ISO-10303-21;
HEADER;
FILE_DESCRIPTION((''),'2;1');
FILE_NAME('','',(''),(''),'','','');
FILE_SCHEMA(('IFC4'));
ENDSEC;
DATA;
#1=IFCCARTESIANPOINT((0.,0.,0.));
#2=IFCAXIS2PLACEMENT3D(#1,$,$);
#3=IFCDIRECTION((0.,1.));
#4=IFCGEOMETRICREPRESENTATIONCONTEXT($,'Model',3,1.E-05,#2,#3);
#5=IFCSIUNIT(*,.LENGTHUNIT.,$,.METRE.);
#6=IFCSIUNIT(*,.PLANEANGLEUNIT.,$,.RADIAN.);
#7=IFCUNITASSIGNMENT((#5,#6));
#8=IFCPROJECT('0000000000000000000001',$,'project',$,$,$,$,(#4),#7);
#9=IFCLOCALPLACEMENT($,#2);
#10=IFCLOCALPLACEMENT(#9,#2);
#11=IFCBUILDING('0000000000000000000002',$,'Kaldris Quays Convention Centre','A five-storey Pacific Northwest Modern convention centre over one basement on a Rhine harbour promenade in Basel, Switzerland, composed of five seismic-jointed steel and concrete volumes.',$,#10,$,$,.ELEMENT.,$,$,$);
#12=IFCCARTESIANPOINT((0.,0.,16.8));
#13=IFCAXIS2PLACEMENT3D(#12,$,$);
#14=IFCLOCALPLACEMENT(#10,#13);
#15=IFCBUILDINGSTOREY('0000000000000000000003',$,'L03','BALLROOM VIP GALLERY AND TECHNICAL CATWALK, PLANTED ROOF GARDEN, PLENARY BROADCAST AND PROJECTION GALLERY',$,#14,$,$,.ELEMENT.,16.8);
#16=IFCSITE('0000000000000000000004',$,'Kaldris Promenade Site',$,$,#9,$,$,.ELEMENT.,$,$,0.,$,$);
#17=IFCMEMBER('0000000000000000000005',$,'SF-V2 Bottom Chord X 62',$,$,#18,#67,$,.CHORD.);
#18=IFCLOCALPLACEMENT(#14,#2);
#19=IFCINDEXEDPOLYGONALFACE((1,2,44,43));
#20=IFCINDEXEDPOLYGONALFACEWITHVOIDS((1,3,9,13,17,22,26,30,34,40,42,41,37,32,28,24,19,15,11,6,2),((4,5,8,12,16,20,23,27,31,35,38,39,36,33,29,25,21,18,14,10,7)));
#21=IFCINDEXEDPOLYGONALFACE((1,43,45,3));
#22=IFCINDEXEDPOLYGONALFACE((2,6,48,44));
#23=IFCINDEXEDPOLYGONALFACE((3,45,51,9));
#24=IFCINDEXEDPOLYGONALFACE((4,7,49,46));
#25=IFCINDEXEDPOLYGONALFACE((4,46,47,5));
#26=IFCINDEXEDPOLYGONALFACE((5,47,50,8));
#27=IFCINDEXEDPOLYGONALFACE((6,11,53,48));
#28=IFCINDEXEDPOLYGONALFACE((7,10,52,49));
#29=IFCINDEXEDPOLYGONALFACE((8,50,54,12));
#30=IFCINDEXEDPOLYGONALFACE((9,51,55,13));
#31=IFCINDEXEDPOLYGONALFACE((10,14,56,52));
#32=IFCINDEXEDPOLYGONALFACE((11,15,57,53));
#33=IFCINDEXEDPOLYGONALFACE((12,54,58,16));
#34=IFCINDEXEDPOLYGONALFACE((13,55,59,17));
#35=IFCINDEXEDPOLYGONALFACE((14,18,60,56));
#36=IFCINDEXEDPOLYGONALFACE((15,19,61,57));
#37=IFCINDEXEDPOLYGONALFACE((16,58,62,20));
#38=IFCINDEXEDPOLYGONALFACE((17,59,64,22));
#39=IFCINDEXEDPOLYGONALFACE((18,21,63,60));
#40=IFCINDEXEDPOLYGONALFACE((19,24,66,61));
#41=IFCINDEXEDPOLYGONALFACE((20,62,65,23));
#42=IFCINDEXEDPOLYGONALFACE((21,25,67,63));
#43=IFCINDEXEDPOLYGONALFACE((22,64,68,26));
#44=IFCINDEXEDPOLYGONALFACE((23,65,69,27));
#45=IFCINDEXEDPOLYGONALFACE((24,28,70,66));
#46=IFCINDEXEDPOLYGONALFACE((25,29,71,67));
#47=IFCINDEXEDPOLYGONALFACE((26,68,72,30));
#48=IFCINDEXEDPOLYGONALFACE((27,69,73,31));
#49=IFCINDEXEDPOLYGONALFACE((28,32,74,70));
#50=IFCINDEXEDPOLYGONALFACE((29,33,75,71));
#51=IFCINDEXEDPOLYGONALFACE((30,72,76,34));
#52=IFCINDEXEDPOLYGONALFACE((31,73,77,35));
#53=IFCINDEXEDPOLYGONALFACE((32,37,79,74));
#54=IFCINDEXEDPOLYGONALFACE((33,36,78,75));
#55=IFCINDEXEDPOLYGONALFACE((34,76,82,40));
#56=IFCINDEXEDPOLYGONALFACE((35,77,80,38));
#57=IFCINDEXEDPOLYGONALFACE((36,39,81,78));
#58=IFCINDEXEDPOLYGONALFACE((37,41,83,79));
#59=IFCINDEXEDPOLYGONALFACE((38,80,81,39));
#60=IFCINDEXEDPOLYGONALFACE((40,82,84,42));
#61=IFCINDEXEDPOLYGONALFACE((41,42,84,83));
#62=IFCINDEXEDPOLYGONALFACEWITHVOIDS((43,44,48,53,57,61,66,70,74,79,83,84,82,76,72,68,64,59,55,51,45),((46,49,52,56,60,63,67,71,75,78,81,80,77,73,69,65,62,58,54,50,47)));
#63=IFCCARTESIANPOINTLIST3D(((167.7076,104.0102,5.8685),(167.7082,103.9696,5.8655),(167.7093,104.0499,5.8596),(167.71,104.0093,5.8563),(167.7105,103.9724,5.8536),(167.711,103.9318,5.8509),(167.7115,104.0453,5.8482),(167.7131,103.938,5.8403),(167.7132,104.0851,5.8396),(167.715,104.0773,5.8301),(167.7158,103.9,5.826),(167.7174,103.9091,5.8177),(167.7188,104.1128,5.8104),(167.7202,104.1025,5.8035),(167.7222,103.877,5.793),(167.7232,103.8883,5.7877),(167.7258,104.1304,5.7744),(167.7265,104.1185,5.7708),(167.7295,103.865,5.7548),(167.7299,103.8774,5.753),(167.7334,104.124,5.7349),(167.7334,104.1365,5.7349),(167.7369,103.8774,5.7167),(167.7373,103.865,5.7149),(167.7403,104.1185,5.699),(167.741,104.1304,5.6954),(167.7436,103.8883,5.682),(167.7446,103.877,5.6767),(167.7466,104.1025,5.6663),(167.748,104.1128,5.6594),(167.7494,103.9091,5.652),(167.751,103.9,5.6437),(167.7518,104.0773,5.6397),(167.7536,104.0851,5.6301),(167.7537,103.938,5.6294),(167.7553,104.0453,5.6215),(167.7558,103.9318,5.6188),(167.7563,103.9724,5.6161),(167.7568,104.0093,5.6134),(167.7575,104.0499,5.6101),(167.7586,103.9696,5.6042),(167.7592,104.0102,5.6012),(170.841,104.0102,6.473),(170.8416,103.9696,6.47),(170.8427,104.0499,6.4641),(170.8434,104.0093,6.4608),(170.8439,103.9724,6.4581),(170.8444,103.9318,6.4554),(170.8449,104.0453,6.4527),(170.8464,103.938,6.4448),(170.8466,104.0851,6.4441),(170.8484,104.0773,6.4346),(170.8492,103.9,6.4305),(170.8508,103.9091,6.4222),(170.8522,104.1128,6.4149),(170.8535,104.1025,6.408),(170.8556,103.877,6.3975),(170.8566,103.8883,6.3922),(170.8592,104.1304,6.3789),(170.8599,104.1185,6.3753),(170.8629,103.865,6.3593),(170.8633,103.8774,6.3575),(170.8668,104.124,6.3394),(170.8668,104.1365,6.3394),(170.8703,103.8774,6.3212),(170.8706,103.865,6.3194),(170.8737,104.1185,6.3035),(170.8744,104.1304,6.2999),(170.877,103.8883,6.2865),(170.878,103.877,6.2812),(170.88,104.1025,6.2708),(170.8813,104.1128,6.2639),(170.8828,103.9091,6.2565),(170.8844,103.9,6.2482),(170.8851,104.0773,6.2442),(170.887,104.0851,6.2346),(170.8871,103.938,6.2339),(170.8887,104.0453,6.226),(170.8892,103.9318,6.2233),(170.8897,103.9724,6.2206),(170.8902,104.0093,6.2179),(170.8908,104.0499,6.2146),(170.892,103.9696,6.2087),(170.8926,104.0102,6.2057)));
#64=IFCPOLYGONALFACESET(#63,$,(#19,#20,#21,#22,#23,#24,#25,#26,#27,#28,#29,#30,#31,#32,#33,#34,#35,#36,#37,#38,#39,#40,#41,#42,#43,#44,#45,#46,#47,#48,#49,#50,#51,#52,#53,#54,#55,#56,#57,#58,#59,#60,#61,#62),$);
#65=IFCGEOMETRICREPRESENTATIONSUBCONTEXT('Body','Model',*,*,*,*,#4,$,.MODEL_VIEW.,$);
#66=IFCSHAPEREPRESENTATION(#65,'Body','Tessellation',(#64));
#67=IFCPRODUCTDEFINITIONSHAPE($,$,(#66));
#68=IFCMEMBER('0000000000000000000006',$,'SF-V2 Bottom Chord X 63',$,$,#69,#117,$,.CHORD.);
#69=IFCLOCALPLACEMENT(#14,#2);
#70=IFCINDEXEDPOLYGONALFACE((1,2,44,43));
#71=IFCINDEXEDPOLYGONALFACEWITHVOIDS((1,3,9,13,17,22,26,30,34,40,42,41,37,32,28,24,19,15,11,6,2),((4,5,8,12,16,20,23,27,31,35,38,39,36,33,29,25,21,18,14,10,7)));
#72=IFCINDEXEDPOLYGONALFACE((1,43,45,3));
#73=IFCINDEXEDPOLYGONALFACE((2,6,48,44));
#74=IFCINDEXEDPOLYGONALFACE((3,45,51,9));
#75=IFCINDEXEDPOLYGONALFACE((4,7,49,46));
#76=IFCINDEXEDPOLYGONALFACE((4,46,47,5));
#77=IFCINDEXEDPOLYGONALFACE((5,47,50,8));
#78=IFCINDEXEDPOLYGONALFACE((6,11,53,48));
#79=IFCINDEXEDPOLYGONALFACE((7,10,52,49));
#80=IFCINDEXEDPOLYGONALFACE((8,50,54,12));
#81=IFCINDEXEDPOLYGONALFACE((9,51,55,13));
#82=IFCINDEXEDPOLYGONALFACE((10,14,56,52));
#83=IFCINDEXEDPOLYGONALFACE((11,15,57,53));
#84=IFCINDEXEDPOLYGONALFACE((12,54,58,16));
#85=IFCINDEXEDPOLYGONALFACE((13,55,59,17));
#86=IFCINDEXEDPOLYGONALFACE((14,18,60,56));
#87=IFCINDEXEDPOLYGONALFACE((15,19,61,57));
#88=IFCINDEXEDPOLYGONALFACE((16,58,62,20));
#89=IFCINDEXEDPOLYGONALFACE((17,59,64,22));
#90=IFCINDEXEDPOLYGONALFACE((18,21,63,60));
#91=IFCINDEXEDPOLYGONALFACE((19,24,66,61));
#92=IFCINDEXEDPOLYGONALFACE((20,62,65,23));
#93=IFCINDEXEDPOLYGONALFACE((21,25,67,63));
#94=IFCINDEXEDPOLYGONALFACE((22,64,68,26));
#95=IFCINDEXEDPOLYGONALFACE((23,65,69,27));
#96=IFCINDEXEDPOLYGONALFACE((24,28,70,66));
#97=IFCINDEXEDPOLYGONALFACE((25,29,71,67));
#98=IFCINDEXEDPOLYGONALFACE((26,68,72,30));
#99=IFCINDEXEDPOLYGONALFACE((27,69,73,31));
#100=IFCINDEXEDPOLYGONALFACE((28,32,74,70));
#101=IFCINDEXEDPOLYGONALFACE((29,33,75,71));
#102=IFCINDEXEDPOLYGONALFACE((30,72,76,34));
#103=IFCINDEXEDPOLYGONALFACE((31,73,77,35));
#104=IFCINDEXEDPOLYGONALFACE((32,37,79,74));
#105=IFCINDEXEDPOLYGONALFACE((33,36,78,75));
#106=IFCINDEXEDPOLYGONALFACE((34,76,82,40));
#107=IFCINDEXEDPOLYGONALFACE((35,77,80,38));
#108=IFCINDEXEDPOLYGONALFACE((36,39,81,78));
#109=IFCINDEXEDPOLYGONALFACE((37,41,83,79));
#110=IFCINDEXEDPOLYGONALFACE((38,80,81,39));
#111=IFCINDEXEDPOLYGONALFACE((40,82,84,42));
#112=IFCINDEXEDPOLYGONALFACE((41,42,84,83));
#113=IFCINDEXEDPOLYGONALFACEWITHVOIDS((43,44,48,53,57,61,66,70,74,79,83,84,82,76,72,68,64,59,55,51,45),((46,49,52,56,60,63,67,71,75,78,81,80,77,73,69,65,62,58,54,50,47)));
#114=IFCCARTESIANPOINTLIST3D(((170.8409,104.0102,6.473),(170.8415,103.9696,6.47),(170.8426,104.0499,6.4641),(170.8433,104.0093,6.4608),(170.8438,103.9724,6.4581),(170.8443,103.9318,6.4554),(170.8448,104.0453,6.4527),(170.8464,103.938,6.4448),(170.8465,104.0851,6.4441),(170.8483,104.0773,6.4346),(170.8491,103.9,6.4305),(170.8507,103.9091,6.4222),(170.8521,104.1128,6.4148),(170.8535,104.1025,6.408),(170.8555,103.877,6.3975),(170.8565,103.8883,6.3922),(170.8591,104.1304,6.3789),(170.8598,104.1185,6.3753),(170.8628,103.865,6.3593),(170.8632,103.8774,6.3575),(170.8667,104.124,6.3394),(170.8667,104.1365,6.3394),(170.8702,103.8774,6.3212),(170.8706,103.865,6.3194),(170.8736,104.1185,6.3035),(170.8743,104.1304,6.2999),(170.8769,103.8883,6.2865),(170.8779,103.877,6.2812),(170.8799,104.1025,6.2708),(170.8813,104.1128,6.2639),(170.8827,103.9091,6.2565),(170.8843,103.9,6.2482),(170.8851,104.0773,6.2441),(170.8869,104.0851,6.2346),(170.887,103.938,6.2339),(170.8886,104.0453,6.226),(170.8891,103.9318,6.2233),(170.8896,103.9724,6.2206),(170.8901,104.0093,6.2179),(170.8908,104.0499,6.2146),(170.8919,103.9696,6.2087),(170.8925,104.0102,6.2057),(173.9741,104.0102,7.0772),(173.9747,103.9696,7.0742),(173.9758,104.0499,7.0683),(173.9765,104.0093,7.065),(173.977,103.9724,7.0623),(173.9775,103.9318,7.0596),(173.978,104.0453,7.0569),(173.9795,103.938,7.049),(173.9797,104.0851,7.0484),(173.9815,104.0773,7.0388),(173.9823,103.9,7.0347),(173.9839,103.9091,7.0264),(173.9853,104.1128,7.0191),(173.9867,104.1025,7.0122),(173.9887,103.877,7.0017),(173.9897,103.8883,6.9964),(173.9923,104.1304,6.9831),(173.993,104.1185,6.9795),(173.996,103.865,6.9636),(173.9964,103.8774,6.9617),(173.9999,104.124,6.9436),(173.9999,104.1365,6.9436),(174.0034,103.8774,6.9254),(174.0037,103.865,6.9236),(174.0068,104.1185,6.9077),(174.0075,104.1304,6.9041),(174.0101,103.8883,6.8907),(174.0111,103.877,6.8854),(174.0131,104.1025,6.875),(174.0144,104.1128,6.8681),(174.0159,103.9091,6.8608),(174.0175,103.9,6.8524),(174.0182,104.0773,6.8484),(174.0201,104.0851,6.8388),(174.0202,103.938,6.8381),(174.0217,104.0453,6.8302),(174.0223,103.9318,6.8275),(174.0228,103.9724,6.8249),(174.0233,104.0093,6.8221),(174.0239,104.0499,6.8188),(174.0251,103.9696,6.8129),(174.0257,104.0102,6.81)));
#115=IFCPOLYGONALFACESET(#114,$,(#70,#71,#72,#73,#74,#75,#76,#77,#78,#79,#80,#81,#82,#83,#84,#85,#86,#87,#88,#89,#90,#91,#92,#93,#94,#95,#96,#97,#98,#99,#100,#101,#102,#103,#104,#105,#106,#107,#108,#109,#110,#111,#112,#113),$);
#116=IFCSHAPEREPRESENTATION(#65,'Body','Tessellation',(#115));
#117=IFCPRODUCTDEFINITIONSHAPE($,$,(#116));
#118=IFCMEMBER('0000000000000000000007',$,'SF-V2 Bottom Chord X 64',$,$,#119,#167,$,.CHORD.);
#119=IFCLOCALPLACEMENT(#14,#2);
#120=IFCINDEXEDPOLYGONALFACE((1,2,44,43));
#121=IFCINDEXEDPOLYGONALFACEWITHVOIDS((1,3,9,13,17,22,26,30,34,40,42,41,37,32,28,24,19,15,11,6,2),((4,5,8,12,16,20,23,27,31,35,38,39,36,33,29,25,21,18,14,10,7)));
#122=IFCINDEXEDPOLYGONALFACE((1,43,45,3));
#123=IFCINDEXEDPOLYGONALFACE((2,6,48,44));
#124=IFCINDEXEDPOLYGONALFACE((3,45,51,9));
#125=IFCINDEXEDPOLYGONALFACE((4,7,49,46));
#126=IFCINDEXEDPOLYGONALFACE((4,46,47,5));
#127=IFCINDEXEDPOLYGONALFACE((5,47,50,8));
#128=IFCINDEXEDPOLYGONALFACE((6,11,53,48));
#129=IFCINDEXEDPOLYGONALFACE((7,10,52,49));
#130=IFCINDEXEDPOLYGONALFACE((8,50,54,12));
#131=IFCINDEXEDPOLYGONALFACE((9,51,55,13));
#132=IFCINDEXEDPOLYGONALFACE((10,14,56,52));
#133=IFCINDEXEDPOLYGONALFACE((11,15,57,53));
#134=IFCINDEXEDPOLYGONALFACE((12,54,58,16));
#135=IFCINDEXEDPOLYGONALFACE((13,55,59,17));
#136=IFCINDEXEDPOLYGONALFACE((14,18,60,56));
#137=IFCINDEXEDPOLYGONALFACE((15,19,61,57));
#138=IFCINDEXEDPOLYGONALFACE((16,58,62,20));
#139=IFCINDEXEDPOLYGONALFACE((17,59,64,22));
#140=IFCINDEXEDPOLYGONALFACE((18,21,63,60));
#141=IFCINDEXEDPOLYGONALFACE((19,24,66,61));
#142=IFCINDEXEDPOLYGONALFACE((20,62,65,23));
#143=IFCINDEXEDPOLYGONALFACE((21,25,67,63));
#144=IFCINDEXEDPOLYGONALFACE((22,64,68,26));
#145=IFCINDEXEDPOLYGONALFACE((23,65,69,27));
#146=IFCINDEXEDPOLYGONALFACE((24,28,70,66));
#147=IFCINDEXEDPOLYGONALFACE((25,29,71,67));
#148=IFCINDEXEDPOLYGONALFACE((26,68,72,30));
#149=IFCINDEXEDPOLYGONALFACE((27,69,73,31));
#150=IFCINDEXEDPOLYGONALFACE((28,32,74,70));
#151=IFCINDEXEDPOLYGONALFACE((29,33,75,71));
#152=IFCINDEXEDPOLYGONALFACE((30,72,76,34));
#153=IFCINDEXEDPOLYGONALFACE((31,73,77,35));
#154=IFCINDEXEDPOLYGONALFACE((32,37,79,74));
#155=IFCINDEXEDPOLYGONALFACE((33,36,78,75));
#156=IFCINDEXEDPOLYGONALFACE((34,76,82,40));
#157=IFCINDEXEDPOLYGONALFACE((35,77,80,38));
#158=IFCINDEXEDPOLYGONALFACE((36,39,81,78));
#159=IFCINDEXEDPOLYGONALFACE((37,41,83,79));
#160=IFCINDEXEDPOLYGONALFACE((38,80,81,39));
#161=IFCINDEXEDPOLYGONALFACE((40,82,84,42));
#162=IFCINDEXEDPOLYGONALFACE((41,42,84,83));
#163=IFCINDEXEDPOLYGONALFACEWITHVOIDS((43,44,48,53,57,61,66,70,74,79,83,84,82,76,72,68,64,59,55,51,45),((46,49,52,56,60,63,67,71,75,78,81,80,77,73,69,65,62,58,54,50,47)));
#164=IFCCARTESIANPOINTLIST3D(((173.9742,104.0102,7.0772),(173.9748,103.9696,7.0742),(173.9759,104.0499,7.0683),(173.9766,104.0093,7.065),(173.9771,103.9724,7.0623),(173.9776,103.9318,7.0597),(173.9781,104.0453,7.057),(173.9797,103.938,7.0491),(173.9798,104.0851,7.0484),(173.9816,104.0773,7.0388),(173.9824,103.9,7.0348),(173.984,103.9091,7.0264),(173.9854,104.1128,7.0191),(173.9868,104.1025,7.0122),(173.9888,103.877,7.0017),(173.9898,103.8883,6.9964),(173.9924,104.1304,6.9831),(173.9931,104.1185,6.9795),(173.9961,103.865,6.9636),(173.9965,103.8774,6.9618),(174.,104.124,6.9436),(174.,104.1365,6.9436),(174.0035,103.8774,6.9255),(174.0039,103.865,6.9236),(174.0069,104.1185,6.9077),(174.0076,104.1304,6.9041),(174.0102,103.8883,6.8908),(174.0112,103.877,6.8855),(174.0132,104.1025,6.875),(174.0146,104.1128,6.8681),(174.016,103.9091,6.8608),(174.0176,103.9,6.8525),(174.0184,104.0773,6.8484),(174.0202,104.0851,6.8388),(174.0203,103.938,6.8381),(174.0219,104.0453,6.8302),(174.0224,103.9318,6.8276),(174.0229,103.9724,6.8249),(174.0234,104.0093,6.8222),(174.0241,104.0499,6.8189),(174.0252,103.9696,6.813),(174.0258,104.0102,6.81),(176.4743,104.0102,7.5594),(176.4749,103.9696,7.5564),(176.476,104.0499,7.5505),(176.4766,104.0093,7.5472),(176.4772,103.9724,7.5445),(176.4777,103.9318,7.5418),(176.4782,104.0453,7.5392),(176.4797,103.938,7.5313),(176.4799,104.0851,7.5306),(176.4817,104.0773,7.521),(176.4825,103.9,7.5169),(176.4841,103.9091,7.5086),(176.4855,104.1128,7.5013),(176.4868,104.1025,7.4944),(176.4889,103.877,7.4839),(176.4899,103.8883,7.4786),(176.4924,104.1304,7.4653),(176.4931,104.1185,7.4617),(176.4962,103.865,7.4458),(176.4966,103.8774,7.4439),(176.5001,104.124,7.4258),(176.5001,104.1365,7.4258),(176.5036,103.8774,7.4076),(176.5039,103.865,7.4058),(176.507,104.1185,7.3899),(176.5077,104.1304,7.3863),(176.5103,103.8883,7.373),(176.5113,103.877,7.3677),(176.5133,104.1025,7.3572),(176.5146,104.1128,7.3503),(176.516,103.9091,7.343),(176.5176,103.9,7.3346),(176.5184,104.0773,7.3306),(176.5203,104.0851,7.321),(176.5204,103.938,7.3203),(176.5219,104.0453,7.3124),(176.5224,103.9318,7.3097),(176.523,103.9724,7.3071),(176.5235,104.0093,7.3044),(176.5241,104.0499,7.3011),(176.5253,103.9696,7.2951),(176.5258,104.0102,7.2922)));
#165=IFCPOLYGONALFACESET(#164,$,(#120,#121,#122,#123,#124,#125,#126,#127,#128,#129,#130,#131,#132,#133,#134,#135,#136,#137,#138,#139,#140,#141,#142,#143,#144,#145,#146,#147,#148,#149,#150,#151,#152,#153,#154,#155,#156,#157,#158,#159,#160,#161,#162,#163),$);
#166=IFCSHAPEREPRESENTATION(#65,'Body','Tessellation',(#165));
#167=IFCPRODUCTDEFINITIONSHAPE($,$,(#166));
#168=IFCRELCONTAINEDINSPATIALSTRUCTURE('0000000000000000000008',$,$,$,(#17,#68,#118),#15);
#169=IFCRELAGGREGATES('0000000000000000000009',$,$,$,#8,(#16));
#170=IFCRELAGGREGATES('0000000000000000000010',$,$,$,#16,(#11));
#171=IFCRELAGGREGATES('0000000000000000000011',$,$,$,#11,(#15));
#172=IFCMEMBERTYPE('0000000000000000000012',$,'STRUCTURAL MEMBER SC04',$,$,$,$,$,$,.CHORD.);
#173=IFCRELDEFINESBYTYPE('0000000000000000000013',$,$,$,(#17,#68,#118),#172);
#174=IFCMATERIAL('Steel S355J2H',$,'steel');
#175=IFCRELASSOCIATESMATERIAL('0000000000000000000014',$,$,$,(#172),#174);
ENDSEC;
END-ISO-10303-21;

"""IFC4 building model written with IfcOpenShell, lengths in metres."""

from ifc_helpers import new_model, si_unit, direction, frame, origin, origin_2d, place, context, subcontext, project, spatial, hollow_circle, extrude, material, material_profile, profile_set, type_object, element, save


model = new_model("IFC4")

# Units and contexts
model_context = context("Model", 3, precision=1e-05, world=origin(), true_north=direction((0.0, 1.0)))
body_context = subcontext(model_context, "Body", "Model", "MODEL_VIEW")
ifc_project = project(units=[si_unit("LENGTHUNIT", "METRE"), si_unit("PLANEANGLEUNIT", "RADIAN")], contexts=[model_context])

# Site, building, storey
site_placement = place(None, origin())
site = spatial("IfcSite", under=ifc_project, at=site_placement, Name="Kaldris Promenade Site", CompositionType="ELEMENT", RefElevation=0.0)
building_placement = place(site_placement, origin())
building = spatial("IfcBuilding", under=site, at=building_placement, Name="Kaldris Quays Convention Centre", Description="A five-storey Pacific Northwest Modern convention centre over one basement on a Rhine harbour promenade in Basel, Switzerland, composed of five seismic-jointed steel and concrete volumes.", CompositionType="ELEMENT")
storey_placement = place(building_placement, frame((0.0, 0.0, 16.8)))
storey = spatial("IfcBuildingStorey", under=building, at=storey_placement, Name="L03", Description="BALLROOM VIP GALLERY AND TECHNICAL CATWALK, PLANTED ROOF GARDEN, PLENARY BROADCAST AND PROJECTION GALLERY", CompositionType="ELEMENT", Elevation=16.8)

# Members
ifc_material_1 = material(Name="Steel S355J2H", Category="steel")
ifc_material_profile_1 = material_profile(ifc_material_1, hollow_circle(Radius=0.1365, WallThickness=0.0125, at=origin_2d()), Name="CHS 273x12.5")
ifc_profile_set_1 = profile_set([ifc_material_profile_1], Name="Steel S355J2H")
member_type_1 = type_object("IfcMemberType", Name="STRUCTURAL MEMBER SC04", PredefinedType="CHORD", material=ifc_profile_set_1)
member_1_placement = place(storey_placement, frame((167.7334, 104.0, 5.7349), z_axis=(0.981894, 0.0, 0.189432), x_axis=(0.0, 1.0, 0.0)))
element("IfcMember", 1, at=member_1_placement, inside=storey, type_object=member_type_1, Name="SF-V2 Bottom Chord X 62", PredefinedType="CHORD", context=body_context, shape_type="SweptSolid", body=[
    extrude(hollow_circle(Radius=0.1365, WallThickness=0.0125, at=origin_2d()), origin(), (0.0, 0.0, 1.0), 3.1912),
])
member_2_placement = place(storey_placement, frame((170.8667, 104.0, 6.3394), z_axis=(0.981908, 0.0, 0.189358), x_axis=(0.0, 1.0, 0.0)))
element("IfcMember", 2, at=member_2_placement, inside=storey, type_object=member_type_1, Name="SF-V2 Bottom Chord X 63", PredefinedType="CHORD", context=body_context, shape_type="SweptSolid", body=[
    extrude(hollow_circle(Radius=0.1365, WallThickness=0.0125, at=origin_2d()), origin(), (0.0, 0.0, 1.0), 3.1909),
])
for number, where, z_axis, x_axis, name in (
    (3, (174.0, 104.0, 6.9436), (0.981904, 0.0, 0.189381), (0.0, 1.0, 0.0), "SF-V2 Bottom Chord X 64"),
):
    element("IfcMember", number, at=place(storey_placement, frame(where, z_axis=z_axis, x_axis=x_axis)), inside=storey, type_object=member_type_1, Name=name, PredefinedType="CHORD", context=body_context, shape_type="SweptSolid", body=[
        extrude(hollow_circle(Radius=0.1365, WallThickness=0.0125, at=origin_2d()), origin(), (0.0, 0.0, 1.0), 2.5461),
    ])

save(model, "model.ifc")
